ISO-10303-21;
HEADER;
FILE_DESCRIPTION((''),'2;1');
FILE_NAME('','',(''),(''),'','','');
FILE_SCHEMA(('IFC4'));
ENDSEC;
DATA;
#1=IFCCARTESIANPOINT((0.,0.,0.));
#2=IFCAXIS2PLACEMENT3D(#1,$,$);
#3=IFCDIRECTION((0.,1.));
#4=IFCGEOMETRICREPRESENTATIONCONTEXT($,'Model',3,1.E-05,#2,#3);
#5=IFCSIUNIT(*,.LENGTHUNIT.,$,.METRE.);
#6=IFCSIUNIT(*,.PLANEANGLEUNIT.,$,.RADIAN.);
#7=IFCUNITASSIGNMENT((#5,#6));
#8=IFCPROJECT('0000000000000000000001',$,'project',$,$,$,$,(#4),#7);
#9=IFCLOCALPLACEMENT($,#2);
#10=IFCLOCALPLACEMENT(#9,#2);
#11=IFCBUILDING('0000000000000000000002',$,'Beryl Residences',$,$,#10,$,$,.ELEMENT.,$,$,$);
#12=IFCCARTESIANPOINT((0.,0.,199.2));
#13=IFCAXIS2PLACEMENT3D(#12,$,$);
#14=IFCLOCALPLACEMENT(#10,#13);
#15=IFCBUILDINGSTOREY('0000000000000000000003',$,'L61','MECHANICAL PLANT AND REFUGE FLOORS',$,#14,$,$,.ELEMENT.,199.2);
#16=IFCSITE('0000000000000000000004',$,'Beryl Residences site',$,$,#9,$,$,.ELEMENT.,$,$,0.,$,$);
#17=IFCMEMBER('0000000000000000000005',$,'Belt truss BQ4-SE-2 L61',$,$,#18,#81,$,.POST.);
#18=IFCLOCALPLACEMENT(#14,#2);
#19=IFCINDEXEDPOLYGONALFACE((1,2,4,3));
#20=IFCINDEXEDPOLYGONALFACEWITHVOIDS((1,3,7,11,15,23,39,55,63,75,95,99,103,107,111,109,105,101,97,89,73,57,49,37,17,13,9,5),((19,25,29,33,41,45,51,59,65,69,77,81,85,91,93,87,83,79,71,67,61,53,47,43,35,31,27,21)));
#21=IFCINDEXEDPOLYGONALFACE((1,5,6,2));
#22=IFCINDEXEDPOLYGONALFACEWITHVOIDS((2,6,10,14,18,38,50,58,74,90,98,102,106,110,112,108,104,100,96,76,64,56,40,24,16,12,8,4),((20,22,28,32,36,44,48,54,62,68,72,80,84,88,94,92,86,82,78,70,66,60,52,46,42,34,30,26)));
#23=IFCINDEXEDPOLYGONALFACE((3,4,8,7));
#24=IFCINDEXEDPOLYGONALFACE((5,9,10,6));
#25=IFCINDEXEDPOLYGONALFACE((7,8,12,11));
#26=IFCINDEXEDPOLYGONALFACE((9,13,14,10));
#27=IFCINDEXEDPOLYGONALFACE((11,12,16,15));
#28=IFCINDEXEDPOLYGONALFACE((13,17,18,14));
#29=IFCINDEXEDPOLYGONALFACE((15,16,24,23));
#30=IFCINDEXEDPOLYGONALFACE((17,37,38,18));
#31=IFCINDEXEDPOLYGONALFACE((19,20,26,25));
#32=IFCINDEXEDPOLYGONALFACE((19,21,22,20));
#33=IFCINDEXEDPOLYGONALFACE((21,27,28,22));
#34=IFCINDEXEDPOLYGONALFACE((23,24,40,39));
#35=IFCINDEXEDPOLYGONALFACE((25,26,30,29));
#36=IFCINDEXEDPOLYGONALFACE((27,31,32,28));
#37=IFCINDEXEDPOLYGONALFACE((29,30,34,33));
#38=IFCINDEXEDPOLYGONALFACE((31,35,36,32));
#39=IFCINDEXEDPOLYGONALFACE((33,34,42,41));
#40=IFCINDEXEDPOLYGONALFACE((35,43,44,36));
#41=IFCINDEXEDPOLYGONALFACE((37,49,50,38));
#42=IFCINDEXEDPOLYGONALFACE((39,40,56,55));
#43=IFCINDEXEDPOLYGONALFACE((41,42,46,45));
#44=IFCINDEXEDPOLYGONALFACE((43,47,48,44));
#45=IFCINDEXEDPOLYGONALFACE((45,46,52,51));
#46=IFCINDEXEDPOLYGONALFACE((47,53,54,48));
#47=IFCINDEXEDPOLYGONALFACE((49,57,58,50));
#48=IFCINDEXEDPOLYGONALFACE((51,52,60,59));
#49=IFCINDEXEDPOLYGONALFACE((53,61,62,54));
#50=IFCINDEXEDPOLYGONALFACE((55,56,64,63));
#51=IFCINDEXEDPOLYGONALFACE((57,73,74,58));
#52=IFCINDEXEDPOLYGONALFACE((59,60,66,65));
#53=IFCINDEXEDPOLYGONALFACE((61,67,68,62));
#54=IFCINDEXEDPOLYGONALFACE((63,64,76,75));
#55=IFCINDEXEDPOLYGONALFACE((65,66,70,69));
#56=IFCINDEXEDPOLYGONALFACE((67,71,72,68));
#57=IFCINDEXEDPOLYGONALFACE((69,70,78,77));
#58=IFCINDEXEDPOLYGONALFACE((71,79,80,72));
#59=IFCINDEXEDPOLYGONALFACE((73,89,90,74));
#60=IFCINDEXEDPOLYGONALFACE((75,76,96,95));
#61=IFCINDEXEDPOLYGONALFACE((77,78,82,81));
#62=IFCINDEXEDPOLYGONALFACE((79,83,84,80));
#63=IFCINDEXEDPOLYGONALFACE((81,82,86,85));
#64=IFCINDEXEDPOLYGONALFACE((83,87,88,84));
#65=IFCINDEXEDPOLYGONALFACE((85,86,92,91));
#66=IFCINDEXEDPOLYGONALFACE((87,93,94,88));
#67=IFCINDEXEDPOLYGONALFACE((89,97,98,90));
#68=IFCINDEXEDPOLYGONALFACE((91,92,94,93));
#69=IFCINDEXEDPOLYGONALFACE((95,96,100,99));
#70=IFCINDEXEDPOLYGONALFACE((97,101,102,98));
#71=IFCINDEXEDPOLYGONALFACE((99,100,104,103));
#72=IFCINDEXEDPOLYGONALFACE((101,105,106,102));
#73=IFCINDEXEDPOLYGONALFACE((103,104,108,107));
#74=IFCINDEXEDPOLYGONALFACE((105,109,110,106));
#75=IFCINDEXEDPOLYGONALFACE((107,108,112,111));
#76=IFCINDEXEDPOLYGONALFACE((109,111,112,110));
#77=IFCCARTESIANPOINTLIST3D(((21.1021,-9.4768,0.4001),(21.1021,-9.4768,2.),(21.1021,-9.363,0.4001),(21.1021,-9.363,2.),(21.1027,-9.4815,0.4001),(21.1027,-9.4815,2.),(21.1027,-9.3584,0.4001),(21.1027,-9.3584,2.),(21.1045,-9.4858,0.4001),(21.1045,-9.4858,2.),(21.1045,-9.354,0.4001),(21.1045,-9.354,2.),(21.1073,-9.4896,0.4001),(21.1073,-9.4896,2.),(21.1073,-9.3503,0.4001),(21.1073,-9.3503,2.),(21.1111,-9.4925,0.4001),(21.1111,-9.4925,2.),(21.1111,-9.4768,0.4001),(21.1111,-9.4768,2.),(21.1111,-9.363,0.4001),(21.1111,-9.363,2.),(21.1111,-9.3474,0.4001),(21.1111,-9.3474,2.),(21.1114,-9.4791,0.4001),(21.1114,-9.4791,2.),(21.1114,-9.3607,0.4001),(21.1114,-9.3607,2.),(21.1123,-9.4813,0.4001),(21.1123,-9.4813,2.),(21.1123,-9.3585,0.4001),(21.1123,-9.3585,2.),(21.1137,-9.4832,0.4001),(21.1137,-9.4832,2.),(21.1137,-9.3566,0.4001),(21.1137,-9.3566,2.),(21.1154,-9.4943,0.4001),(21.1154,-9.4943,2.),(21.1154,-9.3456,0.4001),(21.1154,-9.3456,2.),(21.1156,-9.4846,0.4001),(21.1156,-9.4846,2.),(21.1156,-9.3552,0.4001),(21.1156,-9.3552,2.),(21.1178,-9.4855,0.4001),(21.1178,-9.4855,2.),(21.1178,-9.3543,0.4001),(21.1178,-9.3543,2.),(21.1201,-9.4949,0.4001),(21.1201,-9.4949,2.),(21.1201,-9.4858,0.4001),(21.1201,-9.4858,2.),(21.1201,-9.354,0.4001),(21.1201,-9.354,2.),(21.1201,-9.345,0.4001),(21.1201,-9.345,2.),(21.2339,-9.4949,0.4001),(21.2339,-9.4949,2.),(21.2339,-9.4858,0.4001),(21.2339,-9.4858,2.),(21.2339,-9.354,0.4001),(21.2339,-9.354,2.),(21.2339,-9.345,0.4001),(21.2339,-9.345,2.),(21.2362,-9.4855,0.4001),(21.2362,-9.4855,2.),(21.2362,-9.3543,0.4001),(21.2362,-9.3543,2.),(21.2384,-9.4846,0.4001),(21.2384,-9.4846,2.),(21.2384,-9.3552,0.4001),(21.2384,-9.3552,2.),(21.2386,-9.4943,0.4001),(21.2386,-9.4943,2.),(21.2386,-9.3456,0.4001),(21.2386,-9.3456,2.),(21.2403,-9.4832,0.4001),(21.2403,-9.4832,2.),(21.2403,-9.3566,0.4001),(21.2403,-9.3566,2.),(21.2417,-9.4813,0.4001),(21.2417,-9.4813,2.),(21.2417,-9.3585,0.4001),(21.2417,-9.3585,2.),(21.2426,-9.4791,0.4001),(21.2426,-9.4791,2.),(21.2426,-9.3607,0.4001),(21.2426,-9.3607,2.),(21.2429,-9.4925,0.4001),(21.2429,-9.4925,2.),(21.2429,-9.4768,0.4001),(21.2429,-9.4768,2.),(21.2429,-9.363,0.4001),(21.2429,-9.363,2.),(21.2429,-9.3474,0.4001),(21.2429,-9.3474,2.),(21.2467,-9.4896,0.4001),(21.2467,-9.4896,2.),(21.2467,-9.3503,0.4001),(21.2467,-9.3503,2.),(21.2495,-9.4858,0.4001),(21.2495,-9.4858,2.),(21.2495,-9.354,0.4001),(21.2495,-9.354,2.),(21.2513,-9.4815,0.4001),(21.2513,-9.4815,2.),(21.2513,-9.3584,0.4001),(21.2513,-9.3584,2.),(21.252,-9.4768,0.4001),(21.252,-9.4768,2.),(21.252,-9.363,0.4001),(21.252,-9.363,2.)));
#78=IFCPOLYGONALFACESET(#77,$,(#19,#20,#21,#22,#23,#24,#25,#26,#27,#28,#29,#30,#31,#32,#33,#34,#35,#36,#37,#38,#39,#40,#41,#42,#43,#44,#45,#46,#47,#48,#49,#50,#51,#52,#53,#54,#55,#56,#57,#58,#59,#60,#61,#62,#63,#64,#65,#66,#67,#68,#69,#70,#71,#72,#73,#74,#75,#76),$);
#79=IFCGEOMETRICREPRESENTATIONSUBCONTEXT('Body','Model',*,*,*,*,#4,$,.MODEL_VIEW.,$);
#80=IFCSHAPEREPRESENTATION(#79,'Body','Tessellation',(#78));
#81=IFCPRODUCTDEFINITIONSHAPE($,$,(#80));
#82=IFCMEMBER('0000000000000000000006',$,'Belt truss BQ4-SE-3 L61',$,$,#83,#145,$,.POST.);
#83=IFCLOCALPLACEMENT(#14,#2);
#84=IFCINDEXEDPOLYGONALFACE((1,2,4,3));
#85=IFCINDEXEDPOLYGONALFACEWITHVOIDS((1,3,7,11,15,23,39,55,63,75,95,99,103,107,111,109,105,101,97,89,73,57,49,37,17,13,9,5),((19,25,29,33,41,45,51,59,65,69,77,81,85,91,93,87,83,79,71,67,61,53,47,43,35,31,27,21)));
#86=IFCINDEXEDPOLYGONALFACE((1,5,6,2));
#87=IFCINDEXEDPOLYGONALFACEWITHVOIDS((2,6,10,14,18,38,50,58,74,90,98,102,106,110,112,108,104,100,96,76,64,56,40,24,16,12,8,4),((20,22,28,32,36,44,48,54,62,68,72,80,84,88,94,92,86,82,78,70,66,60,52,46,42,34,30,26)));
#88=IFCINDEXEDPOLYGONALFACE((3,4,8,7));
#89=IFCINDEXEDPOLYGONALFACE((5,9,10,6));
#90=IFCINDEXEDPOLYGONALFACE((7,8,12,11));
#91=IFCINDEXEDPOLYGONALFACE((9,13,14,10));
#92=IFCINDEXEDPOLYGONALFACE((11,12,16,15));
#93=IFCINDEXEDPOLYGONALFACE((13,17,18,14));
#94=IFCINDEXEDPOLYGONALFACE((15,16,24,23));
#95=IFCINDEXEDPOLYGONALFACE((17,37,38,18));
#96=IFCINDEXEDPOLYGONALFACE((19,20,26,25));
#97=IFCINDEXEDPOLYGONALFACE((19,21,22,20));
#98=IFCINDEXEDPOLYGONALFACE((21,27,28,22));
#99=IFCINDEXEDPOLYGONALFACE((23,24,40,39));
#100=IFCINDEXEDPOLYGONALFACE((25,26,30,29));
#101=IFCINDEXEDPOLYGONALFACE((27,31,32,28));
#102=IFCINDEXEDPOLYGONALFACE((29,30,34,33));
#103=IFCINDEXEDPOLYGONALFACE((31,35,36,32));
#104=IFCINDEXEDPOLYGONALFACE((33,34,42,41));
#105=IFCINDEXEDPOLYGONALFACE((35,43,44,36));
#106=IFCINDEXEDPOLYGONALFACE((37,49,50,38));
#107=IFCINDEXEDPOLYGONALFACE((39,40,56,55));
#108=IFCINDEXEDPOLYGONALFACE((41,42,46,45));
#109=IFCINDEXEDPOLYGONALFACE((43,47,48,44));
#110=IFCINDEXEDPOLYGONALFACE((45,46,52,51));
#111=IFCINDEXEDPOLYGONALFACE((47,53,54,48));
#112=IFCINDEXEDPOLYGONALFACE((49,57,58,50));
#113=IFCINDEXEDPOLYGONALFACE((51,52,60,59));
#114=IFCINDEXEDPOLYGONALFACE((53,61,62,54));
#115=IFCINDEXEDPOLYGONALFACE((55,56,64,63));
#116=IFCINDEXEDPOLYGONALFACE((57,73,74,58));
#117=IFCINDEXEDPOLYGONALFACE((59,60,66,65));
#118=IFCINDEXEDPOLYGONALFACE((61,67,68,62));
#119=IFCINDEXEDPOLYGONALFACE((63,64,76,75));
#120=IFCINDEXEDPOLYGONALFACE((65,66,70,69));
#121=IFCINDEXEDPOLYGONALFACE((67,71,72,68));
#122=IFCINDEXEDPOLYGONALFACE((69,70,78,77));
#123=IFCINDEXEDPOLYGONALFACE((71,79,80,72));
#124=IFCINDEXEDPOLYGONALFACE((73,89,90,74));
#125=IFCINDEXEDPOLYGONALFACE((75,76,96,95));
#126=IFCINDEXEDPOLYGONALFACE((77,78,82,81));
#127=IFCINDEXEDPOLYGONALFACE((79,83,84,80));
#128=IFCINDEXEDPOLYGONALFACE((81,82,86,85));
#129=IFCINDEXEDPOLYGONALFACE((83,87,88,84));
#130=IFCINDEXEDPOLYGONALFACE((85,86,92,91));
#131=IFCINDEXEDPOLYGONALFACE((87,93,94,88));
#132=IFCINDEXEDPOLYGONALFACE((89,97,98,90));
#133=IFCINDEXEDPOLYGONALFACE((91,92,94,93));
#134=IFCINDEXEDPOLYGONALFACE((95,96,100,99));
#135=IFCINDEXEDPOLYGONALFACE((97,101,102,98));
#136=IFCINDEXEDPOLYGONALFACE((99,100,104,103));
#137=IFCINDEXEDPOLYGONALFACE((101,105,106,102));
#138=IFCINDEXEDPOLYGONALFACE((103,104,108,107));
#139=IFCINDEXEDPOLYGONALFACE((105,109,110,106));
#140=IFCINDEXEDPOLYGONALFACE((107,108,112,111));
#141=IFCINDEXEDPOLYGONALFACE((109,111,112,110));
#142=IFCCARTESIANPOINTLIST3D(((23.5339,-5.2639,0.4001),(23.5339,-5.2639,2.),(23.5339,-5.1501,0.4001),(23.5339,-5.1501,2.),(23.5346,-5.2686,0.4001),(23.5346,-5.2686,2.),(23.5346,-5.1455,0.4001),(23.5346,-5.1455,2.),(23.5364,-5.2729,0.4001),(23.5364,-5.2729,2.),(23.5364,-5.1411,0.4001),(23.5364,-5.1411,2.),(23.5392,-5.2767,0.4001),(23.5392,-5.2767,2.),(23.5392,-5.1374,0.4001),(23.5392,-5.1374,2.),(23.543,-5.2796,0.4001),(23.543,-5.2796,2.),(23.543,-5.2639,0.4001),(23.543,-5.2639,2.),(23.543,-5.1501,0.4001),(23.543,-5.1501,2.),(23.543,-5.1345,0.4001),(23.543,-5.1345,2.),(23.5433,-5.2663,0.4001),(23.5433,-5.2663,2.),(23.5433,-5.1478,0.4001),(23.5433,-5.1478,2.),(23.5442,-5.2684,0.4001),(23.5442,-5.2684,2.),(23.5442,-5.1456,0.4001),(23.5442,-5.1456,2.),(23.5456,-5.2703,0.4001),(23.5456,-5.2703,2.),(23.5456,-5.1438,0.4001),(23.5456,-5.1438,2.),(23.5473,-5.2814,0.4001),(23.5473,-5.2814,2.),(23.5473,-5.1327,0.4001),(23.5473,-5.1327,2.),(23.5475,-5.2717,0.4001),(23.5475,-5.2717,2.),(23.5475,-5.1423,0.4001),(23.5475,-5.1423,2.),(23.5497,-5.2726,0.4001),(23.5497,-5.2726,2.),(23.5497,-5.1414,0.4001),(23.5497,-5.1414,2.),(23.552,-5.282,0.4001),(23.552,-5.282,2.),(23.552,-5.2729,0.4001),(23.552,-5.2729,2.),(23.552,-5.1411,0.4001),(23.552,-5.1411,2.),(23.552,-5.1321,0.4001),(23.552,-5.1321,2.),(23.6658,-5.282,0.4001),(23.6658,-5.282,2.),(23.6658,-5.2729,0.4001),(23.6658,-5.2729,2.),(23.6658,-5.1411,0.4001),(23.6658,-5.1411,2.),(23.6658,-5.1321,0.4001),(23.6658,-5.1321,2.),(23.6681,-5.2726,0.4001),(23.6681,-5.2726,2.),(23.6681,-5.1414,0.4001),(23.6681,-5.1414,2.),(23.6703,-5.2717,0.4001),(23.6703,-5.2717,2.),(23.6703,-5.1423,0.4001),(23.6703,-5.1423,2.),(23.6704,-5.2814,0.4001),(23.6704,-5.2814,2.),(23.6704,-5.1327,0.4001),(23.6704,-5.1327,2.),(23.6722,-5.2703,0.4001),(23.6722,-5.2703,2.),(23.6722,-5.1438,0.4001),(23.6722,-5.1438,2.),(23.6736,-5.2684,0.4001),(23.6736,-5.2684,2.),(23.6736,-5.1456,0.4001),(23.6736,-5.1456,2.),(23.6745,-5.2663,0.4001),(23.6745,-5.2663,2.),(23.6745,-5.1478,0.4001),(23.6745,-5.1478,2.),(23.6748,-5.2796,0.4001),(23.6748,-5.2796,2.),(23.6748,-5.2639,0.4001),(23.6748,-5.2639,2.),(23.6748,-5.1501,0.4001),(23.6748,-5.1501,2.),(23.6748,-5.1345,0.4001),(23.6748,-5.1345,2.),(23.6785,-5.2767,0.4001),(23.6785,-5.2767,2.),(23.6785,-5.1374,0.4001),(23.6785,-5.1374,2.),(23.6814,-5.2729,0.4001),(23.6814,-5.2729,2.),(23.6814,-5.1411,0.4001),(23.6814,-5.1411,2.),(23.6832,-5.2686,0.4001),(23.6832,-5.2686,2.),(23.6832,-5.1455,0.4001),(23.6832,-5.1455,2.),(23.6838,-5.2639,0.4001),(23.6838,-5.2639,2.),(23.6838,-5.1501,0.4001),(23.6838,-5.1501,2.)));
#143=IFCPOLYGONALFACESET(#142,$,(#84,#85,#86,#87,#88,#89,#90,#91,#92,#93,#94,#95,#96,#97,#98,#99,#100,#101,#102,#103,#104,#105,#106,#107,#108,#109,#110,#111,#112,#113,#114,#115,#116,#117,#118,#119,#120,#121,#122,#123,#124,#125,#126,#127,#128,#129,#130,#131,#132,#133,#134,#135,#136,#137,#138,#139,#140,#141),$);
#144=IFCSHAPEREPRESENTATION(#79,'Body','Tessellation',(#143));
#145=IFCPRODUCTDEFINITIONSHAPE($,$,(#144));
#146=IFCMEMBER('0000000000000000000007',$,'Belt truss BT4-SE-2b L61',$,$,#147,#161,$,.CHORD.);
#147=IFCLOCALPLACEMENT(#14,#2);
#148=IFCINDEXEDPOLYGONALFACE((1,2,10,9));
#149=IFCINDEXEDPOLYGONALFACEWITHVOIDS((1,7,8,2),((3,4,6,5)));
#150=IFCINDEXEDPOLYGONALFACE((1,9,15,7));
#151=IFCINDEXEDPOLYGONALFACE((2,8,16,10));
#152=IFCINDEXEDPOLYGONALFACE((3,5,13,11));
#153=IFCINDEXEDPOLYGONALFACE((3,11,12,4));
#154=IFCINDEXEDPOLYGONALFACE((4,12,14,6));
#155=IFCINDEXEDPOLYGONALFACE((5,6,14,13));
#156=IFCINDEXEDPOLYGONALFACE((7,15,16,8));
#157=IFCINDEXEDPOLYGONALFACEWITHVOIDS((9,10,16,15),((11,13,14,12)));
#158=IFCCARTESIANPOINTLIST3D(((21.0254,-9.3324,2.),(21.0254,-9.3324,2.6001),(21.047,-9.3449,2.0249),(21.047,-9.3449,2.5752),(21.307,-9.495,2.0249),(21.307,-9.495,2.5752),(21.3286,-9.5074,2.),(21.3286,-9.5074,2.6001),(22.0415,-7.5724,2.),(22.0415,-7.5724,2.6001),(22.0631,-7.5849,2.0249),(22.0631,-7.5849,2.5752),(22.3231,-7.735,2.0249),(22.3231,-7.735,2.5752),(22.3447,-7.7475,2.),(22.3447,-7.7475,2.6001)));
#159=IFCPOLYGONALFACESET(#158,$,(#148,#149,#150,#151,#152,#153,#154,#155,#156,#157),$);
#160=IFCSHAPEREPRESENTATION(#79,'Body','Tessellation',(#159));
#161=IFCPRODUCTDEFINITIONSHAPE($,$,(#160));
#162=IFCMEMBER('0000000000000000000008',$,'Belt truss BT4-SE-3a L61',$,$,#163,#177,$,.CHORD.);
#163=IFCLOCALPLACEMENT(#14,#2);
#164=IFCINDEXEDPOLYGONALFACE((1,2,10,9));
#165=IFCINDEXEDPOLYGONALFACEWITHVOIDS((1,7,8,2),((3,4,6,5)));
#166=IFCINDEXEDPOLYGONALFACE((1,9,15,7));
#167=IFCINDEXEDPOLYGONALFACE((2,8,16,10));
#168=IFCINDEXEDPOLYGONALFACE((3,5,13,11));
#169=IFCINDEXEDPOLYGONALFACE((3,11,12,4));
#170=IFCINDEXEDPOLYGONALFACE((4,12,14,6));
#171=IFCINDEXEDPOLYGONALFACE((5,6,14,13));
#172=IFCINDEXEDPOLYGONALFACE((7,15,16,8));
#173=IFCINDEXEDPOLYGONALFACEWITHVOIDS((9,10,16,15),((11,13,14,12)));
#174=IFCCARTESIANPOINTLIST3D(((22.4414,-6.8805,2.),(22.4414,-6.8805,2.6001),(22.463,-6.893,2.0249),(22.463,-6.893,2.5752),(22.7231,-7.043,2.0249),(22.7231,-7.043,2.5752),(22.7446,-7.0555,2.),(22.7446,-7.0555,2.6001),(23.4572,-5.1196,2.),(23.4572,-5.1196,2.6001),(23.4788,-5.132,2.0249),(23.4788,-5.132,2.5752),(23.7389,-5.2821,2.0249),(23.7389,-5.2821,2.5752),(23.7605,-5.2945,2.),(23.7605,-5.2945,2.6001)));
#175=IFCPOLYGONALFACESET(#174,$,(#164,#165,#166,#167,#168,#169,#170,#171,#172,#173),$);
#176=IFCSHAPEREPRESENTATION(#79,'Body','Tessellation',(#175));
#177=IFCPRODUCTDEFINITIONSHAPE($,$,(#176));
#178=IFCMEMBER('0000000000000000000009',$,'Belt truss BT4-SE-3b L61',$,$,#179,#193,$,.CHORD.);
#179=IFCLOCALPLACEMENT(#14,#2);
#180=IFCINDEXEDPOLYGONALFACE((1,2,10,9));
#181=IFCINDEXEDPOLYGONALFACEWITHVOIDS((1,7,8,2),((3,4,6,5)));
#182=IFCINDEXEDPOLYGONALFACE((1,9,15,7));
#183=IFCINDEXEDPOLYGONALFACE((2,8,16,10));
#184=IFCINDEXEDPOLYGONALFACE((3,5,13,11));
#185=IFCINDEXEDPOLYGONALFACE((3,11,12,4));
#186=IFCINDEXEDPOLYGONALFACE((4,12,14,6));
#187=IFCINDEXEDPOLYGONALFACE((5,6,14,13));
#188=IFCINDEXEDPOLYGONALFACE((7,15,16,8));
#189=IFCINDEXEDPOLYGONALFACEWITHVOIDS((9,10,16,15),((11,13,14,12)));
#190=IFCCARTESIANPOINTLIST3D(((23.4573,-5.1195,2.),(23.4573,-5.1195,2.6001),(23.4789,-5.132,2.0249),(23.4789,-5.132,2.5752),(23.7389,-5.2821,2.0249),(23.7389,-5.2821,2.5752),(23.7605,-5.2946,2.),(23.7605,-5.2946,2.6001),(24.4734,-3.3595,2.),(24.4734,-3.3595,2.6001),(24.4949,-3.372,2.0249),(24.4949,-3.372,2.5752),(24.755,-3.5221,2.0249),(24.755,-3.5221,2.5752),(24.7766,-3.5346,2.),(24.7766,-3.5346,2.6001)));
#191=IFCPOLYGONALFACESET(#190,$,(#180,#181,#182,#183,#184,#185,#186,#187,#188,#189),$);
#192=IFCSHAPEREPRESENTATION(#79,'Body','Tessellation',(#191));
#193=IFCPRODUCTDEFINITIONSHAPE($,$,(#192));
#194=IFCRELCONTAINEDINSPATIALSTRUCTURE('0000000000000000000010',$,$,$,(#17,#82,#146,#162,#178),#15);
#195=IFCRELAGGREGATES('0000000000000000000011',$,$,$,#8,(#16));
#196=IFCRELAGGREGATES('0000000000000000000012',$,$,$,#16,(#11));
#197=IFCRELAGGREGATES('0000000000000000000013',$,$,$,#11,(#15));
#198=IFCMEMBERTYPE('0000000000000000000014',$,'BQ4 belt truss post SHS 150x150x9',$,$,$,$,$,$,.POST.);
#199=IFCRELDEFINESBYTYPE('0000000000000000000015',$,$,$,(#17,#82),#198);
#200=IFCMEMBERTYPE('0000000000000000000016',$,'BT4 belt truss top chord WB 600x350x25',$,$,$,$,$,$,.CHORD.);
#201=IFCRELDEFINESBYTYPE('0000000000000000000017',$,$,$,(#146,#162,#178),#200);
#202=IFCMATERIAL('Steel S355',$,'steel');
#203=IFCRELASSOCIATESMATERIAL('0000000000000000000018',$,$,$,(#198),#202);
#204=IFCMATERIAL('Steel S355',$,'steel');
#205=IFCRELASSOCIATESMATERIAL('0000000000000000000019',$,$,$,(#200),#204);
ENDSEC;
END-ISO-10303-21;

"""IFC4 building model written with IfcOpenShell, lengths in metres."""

from ifc_helpers import new_model, si_unit, direction, frame, origin, origin_2d, place, context, subcontext, project, spatial, hollow_rectangle, extrude, material, material_profile, profile_set, type_object, element, save


model = new_model("IFC4")

# Units and contexts
model_context = context("Model", 3, precision=1e-05, world=origin(), true_north=direction((0.0, 1.0)))
body_context = subcontext(model_context, "Body", "Model", "MODEL_VIEW")
ifc_project = project(units=[si_unit("LENGTHUNIT", "METRE"), si_unit("PLANEANGLEUNIT", "RADIAN")], contexts=[model_context])

# Site, building, storey
site_placement = place(None, origin())
site = spatial("IfcSite", under=ifc_project, at=site_placement, Name="Beryl Residences site", CompositionType="ELEMENT", RefElevation=0.0)
building_placement = place(site_placement, origin())
building = spatial("IfcBuilding", under=site, at=building_placement, Name="Beryl Residences", CompositionType="ELEMENT")
storey_placement = place(building_placement, frame((0.0, 0.0, 199.2)))
storey = spatial("IfcBuildingStorey", under=building, at=storey_placement, Name="L61", Description="MECHANICAL PLANT AND REFUGE FLOORS", CompositionType="ELEMENT", Elevation=199.2)

# Members
ifc_material_1 = material(Name="Steel S355", Category="steel")
ifc_material_profile_1 = material_profile(ifc_material_1, hollow_rectangle(XDim=0.1499, YDim=0.1499, WallThickness=0.009, InnerFilletRadius=0.009, OuterFilletRadius=0.0181, at=origin_2d()))
ifc_profile_set_1 = profile_set([ifc_material_profile_1], Name="Steel S355")
member_type_1 = type_object("IfcMemberType", Name="BQ4 belt truss post SHS 150x150x9", PredefinedType="POST", material=ifc_profile_set_1)
for number, where, z_axis, x_axis, name in (
    (1, (21.177, -9.4199, 0.4001), (0.0, 0.0, 1.0), (1.0, 0.0, 0.0), "Belt truss BQ4-SE-2 L61"),
    (2, (23.6089, -5.207, 0.4001), (0.0, 0.0, 1.0), (1.0, 0.0, 0.0), "Belt truss BQ4-SE-3 L61"),
):
    element("IfcMember", number, at=place(storey_placement, frame(where, z_axis=z_axis, x_axis=x_axis)), inside=storey, type_object=member_type_1, Name=name, PredefinedType="POST", context=body_context, shape_type="SweptSolid", body=[
        extrude(hollow_rectangle(XDim=0.1499, YDim=0.1499, WallThickness=0.009, InnerFilletRadius=0.009, OuterFilletRadius=0.0181, at=origin_2d()), origin(), (0.0, 0.0, 1.0), 1.5999),
    ])
ifc_material_2 = material(Name="Steel S355", Category="steel")
ifc_material_profile_2 = material_profile(ifc_material_2, hollow_rectangle(XDim=0.3501, YDim=0.6001, WallThickness=0.0249, at=origin_2d()))
ifc_profile_set_2 = profile_set([ifc_material_profile_2], Name="Steel S355")
member_type_2 = type_object("IfcMemberType", Name="BT4 belt truss top chord WB 600x350x25", PredefinedType="CHORD", material=ifc_profile_set_2)
member_1_placement = place(storey_placement, frame((21.177, -9.4199, 2.3), z_axis=(0.499989, 0.866032, 0.0), x_axis=(-0.866032, 0.499989, 0.0)))
element("IfcMember", 3, at=member_1_placement, inside=storey, type_object=member_type_2, Name="Belt truss BT4-SE-2b L61", PredefinedType="CHORD", context=body_context, shape_type="SweptSolid", body=[
    extrude(hollow_rectangle(XDim=0.3501, YDim=0.6001, WallThickness=0.0249, at=origin_2d()), origin(), (0.0, 0.0, 1.0), 2.0322),
])
member_2_placement = place(storey_placement, frame((22.593, -6.968, 2.3), z_axis=(0.499691, 0.866204, 0.0), x_axis=(-0.866204, 0.499691, 0.0)))
element("IfcMember", 4, at=member_2_placement, inside=storey, type_object=member_type_2, Name="Belt truss BT4-SE-3a L61", PredefinedType="CHORD", context=body_context, shape_type="SweptSolid", body=[
    extrude(hollow_rectangle(XDim=0.3501, YDim=0.6001, WallThickness=0.0249, at=origin_2d()), origin(), (0.0, 0.0, 1.0), 2.033),
])
member_3_placement = place(storey_placement, frame((23.6089, -5.207, 2.3), z_axis=(0.499989, 0.866032, 0.0), x_axis=(-0.866032, 0.499989, 0.0)))
element("IfcMember", 5, at=member_3_placement, inside=storey, type_object=member_type_2, Name="Belt truss BT4-SE-3b L61", PredefinedType="CHORD", context=body_context, shape_type="SweptSolid", body=[
    extrude(hollow_rectangle(XDim=0.3501, YDim=0.6001, WallThickness=0.0249, at=origin_2d()), origin(), (0.0, 0.0, 1.0), 2.0322),
])

save(model, "model.ifc")
